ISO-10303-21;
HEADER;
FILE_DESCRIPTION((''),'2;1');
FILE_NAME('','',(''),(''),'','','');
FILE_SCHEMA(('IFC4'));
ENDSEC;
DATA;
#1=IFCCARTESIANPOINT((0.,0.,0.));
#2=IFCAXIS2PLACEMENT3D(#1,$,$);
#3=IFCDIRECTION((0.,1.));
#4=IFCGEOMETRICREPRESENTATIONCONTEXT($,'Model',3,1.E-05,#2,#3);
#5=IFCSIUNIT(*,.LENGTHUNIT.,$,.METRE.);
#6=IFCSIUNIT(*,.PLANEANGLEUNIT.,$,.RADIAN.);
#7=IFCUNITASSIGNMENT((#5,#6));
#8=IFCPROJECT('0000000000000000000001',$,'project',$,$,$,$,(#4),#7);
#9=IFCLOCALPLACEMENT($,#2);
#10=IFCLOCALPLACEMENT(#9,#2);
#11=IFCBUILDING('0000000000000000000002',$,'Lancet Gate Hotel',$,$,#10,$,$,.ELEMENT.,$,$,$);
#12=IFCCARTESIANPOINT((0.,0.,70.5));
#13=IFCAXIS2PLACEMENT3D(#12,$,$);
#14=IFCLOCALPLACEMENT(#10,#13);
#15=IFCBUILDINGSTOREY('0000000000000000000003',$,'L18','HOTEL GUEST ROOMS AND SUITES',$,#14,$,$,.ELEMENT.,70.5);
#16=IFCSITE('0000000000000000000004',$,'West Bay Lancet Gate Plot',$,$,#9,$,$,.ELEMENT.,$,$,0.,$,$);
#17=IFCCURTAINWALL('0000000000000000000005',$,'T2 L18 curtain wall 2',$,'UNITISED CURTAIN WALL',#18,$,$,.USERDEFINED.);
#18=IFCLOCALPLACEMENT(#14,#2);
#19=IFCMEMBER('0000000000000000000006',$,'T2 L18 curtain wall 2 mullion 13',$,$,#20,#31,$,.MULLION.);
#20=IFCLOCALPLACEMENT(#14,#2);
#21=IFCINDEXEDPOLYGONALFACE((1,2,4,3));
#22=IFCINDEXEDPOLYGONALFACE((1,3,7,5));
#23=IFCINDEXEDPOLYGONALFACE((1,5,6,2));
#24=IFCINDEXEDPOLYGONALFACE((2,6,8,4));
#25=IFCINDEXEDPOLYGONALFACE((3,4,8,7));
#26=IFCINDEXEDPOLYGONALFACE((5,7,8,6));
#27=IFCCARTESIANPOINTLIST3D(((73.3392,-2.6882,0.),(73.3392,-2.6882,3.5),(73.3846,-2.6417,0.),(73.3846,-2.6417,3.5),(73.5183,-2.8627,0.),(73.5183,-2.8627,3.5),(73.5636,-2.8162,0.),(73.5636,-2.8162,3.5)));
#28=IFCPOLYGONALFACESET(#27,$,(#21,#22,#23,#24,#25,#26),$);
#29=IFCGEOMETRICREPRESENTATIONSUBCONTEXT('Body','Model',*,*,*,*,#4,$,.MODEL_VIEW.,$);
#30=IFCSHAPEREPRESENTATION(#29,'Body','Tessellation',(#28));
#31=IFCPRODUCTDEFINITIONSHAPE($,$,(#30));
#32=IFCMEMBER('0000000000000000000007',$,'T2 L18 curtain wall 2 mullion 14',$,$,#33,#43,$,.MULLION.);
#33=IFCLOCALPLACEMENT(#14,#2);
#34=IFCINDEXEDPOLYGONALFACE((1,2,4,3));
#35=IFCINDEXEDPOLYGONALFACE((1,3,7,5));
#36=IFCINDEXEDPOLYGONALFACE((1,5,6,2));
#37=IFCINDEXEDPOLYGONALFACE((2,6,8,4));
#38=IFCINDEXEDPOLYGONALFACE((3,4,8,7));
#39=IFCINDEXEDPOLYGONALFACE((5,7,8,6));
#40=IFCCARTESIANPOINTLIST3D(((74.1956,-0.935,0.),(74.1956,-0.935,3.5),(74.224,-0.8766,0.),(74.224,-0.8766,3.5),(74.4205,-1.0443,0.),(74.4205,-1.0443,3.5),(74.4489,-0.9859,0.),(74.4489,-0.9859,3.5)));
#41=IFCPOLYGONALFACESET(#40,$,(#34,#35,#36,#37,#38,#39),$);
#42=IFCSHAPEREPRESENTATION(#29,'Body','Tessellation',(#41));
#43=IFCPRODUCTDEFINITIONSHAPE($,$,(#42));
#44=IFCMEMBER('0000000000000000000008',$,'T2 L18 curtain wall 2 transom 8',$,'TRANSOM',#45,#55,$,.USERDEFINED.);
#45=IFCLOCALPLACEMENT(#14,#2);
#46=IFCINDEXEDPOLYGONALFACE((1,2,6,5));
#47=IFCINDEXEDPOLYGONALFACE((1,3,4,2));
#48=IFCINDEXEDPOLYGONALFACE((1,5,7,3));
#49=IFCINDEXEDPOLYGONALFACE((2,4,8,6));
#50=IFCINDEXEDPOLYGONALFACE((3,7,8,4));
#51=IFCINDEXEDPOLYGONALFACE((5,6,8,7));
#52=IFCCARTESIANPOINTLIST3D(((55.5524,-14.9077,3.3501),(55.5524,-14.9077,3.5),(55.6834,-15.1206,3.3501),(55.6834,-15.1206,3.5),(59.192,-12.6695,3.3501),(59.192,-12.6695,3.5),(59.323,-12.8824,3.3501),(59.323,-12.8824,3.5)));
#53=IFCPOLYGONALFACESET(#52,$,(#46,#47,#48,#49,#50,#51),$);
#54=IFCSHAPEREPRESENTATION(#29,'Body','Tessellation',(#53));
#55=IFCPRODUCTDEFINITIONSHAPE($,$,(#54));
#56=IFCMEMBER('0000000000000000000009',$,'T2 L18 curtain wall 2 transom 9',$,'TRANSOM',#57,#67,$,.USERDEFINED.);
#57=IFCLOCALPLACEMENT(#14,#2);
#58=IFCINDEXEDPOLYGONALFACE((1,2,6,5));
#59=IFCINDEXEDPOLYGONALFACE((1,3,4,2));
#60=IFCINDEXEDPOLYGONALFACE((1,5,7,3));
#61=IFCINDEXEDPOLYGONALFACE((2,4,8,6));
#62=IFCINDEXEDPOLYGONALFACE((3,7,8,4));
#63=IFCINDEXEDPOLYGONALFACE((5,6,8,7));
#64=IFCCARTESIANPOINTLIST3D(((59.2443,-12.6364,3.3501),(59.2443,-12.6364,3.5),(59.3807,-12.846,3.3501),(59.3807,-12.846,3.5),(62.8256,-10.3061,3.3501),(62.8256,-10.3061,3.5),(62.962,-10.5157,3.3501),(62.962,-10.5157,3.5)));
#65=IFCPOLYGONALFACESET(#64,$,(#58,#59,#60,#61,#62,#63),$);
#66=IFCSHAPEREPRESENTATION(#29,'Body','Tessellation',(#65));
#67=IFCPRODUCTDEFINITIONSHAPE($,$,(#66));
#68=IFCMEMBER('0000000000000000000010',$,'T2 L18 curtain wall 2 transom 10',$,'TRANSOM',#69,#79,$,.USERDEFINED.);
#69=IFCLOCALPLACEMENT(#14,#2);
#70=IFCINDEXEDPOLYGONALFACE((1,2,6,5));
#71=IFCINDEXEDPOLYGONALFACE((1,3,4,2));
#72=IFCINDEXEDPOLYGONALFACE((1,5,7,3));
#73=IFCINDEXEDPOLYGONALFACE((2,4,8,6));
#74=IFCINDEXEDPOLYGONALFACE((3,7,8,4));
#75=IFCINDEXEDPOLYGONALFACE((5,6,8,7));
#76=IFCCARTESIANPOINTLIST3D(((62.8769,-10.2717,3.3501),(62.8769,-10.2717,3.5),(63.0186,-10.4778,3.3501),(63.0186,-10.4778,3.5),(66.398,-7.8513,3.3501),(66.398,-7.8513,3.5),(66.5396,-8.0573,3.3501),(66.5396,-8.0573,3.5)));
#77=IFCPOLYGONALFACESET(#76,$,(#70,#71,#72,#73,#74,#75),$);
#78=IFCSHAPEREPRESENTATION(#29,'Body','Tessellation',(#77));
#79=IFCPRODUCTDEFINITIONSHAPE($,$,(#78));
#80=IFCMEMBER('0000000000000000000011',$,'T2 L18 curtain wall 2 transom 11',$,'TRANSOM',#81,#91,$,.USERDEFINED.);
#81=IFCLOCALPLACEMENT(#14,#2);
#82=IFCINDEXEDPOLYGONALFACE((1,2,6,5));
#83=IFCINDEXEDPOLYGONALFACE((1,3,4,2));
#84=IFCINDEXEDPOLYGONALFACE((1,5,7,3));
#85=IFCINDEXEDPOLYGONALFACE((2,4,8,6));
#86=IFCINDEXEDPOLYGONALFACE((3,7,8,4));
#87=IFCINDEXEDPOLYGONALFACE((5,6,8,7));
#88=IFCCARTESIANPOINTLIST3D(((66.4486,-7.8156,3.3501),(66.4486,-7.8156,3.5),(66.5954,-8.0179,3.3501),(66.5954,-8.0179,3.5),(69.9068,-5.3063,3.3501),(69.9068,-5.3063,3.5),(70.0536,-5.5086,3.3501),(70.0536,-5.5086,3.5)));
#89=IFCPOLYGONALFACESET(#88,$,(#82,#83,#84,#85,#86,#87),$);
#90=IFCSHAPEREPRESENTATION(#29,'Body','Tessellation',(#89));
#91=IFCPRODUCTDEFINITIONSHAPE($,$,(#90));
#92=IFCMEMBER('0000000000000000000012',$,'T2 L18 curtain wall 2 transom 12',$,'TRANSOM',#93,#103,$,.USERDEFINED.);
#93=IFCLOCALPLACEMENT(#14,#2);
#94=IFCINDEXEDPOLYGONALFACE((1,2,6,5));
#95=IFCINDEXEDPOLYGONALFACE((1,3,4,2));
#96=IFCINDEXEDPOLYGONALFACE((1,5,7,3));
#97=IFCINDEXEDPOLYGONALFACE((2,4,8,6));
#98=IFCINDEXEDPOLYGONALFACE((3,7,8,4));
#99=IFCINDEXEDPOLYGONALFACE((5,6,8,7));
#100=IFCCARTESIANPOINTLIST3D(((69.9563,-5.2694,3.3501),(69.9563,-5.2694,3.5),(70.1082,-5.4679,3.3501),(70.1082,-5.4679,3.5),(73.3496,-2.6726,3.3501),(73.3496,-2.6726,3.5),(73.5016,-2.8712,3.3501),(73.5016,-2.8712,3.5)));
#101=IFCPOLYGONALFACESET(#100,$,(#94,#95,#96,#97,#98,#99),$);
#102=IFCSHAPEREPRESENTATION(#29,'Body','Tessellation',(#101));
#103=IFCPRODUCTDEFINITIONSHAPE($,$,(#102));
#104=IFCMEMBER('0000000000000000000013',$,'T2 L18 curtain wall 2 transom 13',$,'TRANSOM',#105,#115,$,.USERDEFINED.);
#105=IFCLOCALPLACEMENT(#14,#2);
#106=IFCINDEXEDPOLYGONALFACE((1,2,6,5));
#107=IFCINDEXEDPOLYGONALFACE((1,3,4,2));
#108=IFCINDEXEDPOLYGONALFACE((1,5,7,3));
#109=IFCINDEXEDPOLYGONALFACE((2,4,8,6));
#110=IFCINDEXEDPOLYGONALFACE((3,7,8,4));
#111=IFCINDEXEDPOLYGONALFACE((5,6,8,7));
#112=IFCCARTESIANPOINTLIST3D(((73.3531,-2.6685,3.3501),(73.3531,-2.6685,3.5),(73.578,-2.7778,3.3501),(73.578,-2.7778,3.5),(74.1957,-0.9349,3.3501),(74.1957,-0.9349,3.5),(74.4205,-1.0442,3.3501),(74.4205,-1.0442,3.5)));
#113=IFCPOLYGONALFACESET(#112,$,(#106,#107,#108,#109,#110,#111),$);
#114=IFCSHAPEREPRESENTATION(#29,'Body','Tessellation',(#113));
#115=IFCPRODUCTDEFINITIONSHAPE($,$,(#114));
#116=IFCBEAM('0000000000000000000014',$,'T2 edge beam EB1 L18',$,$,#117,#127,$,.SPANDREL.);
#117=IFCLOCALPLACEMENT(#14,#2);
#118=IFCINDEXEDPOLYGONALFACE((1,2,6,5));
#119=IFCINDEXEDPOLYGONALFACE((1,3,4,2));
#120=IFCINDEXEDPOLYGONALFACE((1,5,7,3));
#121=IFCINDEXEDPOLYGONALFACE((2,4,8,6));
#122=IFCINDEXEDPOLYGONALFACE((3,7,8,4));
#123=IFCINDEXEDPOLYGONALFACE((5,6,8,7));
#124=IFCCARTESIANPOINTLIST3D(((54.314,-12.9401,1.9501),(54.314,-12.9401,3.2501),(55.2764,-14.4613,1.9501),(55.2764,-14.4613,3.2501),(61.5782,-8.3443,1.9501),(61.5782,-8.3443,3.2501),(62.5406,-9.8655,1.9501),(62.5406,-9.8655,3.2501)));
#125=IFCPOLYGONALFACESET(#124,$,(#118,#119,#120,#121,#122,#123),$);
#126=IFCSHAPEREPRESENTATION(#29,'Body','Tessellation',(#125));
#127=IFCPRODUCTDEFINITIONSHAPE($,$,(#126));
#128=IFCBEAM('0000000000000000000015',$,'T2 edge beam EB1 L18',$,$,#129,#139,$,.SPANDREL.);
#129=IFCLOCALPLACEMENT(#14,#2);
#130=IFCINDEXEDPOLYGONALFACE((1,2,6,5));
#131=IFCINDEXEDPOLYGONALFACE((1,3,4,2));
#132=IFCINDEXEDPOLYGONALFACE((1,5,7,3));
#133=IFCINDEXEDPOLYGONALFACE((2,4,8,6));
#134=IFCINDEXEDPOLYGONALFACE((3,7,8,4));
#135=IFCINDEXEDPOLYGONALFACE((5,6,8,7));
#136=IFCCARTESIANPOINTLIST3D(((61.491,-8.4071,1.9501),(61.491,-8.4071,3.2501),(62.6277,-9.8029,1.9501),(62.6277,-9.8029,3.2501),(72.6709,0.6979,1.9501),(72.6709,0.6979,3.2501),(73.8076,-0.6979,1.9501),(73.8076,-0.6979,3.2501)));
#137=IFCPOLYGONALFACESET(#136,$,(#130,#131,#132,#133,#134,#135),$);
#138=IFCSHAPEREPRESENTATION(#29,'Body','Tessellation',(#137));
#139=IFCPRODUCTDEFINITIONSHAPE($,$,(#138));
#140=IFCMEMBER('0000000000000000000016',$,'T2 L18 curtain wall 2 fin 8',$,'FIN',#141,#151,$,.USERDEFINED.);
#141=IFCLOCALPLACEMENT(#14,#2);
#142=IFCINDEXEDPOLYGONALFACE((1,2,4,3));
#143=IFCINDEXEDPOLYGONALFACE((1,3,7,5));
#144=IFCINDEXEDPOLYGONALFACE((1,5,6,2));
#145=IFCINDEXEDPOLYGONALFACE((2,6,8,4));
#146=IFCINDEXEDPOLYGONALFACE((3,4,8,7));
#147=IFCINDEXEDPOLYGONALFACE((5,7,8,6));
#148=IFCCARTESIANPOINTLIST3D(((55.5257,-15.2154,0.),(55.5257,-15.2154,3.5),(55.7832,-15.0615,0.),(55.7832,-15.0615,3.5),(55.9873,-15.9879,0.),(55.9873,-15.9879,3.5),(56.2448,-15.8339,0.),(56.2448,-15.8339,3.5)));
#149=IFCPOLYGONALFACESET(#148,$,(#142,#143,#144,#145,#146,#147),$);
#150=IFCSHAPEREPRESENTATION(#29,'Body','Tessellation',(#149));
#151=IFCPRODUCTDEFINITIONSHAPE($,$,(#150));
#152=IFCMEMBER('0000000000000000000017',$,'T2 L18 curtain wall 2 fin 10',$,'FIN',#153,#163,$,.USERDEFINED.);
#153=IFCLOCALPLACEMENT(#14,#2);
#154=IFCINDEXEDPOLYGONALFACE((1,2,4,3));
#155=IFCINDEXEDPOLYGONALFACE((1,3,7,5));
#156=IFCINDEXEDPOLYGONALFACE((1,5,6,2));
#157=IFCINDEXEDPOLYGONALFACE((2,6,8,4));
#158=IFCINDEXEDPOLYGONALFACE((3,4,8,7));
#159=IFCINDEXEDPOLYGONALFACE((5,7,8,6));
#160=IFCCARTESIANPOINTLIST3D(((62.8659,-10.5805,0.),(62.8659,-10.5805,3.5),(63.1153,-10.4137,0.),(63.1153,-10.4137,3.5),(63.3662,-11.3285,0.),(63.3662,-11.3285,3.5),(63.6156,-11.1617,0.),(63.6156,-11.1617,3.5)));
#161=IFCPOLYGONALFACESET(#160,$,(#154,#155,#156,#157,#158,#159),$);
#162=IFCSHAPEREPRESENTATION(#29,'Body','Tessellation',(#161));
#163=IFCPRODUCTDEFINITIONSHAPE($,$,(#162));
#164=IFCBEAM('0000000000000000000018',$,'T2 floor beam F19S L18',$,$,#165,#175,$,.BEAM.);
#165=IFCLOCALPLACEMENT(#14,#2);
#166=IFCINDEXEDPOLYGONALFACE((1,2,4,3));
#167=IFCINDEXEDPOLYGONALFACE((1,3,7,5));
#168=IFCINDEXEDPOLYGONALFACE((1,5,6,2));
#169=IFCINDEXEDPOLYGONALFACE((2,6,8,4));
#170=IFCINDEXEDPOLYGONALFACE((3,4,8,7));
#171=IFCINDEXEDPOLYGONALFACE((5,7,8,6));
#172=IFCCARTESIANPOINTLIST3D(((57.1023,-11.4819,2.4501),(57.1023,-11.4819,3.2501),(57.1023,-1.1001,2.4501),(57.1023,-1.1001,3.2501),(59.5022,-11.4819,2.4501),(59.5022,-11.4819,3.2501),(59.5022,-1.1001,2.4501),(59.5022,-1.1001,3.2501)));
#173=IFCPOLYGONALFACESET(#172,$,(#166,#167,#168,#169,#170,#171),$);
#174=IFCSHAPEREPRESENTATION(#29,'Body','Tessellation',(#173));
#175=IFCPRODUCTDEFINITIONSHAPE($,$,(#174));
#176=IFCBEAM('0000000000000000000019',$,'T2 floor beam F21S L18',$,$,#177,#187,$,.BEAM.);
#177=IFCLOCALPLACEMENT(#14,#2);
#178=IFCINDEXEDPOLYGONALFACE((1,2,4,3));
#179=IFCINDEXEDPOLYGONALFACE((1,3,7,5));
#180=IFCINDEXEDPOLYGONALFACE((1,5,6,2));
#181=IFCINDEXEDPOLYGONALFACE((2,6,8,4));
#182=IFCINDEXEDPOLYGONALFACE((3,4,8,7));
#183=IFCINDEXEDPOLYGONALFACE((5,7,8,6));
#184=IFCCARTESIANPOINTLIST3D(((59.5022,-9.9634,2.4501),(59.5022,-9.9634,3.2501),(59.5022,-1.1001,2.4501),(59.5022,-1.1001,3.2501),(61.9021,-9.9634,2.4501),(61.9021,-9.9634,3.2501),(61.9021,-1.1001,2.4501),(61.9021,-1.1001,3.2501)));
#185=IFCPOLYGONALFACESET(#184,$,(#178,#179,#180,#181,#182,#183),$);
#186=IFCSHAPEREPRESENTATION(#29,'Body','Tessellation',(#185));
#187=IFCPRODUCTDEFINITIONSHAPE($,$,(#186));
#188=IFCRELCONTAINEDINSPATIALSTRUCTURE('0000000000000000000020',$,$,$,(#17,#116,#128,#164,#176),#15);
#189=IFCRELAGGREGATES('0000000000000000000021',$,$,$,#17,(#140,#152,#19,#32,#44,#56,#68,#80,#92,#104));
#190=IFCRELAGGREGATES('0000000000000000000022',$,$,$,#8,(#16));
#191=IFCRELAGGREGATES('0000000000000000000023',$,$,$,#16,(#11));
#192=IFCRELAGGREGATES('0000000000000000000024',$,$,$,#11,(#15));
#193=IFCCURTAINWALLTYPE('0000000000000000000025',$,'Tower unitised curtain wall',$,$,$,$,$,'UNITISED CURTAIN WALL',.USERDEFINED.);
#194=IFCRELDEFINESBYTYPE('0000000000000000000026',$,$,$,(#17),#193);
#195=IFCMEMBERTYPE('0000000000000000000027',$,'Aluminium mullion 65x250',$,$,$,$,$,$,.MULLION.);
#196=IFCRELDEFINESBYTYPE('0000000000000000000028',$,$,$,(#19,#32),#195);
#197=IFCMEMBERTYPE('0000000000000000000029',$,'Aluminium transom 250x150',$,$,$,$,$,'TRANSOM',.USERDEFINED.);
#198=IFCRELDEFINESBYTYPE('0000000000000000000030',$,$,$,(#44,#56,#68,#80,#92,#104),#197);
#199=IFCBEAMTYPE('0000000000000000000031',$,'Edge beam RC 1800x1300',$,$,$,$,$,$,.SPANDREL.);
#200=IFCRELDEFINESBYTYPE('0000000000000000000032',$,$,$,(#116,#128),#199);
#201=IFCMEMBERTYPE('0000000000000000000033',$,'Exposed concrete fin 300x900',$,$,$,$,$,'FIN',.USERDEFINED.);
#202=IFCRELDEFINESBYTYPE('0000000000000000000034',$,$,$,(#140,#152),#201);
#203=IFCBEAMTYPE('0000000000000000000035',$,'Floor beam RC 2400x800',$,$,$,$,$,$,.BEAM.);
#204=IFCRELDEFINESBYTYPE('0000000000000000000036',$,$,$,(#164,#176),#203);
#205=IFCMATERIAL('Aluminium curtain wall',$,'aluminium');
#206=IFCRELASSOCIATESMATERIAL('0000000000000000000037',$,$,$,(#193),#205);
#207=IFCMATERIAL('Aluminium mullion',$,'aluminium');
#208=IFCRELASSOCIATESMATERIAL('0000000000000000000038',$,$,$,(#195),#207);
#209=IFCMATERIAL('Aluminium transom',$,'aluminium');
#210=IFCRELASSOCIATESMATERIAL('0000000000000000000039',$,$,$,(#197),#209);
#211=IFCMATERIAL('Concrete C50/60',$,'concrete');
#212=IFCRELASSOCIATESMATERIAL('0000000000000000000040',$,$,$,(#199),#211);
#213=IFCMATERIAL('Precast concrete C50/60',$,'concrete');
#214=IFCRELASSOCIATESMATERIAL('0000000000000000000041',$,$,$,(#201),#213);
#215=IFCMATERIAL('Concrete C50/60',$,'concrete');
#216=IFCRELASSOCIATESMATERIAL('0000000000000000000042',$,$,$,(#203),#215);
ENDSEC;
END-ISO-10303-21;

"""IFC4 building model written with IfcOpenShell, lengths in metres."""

from ifc_helpers import new_model, si_unit, direction, frame, origin, origin_2d, place, context, subcontext, project, spatial, rectangle, extrude, material, material_profile, profile_set, type_object, element, aggregate, save


model = new_model("IFC4")

# Units and contexts
model_context = context("Model", 3, precision=1e-05, world=origin(), true_north=direction((0.0, 1.0)))
body_context = subcontext(model_context, "Body", "Model", "MODEL_VIEW")
ifc_project = project(units=[si_unit("LENGTHUNIT", "METRE"), si_unit("PLANEANGLEUNIT", "RADIAN")], contexts=[model_context])

# Site, building, storey
site_placement = place(None, origin())
site = spatial("IfcSite", under=ifc_project, at=site_placement, Name="West Bay Lancet Gate Plot", CompositionType="ELEMENT", RefElevation=0.0)
building_placement = place(site_placement, origin())
building = spatial("IfcBuilding", under=site, at=building_placement, Name="Lancet Gate Hotel", CompositionType="ELEMENT")
storey_placement = place(building_placement, frame((0.0, 0.0, 70.5)))
storey = spatial("IfcBuildingStorey", under=building, at=storey_placement, Name="L18", Description="HOTEL GUEST ROOMS AND SUITES", CompositionType="ELEMENT", Elevation=70.5)

# Curtain wall, members
ifc_material_1 = material(Name="Aluminium curtain wall", Category="aluminium")
curtain_wall_type = type_object("IfcCurtainWallType", Name="Tower unitised curtain wall", ElementType="UNITISED CURTAIN WALL", PredefinedType="USERDEFINED", material=ifc_material_1)
curtain_wall_placement = place(storey_placement, origin())
curtain_wall = element("IfcCurtainWall", 1, at=curtain_wall_placement, inside=storey, type_object=curtain_wall_type, Name="T2 L18 curtain wall 2", ObjectType="UNITISED CURTAIN WALL", PredefinedType="USERDEFINED")
ifc_material_2 = material(Name="Aluminium mullion", Category="aluminium")
ifc_material_profile_1 = material_profile(ifc_material_2, rectangle(XDim=0.0649, YDim=0.25, at=origin_2d()), Name="MULLION 65x250")
ifc_profile_set_1 = profile_set([ifc_material_profile_1], Name="Aluminium mullion")
member_type_1 = type_object("IfcMemberType", Name="Aluminium mullion 65x250", PredefinedType="MULLION", material=ifc_profile_set_1)
member_1_placement = place(storey_placement, frame((73.4514, -2.7522, 0.0), z_axis=(0.0, 0.0, 1.0), x_axis=(0.697983, 0.716114, 0.0)))
member_1 = element("IfcMember", 2, at=member_1_placement, type_object=member_type_1, Name="T2 L18 curtain wall 2 mullion 13", PredefinedType="MULLION", context=body_context, shape_type="SweptSolid", body=[
    extrude(rectangle(XDim=0.0649, YDim=0.25, at=origin_2d()), origin(), (0.0, 0.0, 1.0), 3.5),
])
member_2_placement = place(storey_placement, frame((74.3223, -0.9604, 0.0), z_axis=(0.0, 0.0, 1.0), x_axis=(0.437169, 0.899379, 0.0)))
member_2 = element("IfcMember", 3, at=member_2_placement, type_object=member_type_1, Name="T2 L18 curtain wall 2 mullion 14", PredefinedType="MULLION", context=body_context, shape_type="SweptSolid", body=[
    extrude(rectangle(XDim=0.0649, YDim=0.25, at=origin_2d()), origin(), (0.0, 0.0, 1.0), 3.5),
])
ifc_material_3 = material(Name="Aluminium transom", Category="aluminium")
ifc_material_profile_2 = material_profile(ifc_material_3, rectangle(XDim=0.25, YDim=0.1499, at=origin_2d()), Name="TRANSOM 250x150")
ifc_profile_set_2 = profile_set([ifc_material_profile_2], Name="Aluminium transom")
member_type_2 = type_object("IfcMemberType", Name="Aluminium transom 250x150", ElementType="TRANSOM", PredefinedType="USERDEFINED", material=ifc_profile_set_2)
member_3_placement = place(storey_placement, frame((55.6179, -15.0142, 3.425), z_axis=(0.851815, 0.523842, 0.0), x_axis=(-0.523842, 0.851815, 0.0)))
member_3 = element("IfcMember", 4, at=member_3_placement, type_object=member_type_2, Name="T2 L18 curtain wall 2 transom 8", ObjectType="TRANSOM", PredefinedType="USERDEFINED", context=body_context, shape_type="SweptSolid", body=[
    extrude(rectangle(XDim=0.25, YDim=0.1499, at=origin_2d()), origin(), (0.0, 0.0, 1.0), 4.2727),
])
member_4_placement = place(storey_placement, frame((59.3125, -12.7412, 3.425), z_axis=(0.838179, 0.545396, 0.0), x_axis=(-0.545396, 0.838179, 0.0)))
member_4 = element("IfcMember", 5, at=member_4_placement, type_object=member_type_2, Name="T2 L18 curtain wall 2 transom 9", ObjectType="TRANSOM", PredefinedType="USERDEFINED", context=body_context, shape_type="SweptSolid", body=[
    extrude(rectangle(XDim=0.25, YDim=0.1499, at=origin_2d()), origin(), (0.0, 0.0, 1.0), 4.2727),
])
member_5_placement = place(storey_placement, frame((62.9478, -10.3748, 3.425), z_axis=(0.824072, 0.566485, 0.0), x_axis=(-0.566485, 0.824072, 0.0)))
member_5 = element("IfcMember", 6, at=member_5_placement, type_object=member_type_2, Name="T2 L18 curtain wall 2 transom 10", ObjectType="TRANSOM", PredefinedType="USERDEFINED", context=body_context, shape_type="SweptSolid", body=[
    extrude(rectangle(XDim=0.25, YDim=0.1499, at=origin_2d()), origin(), (0.0, 0.0, 1.0), 4.2727),
])
member_6_placement = place(storey_placement, frame((66.522, -7.9167, 3.425), z_axis=(0.809383, 0.587281, 0.0), x_axis=(-0.587281, 0.809383, 0.0)))
member_6 = element("IfcMember", 7, at=member_6_placement, type_object=member_type_2, Name="T2 L18 curtain wall 2 transom 11", ObjectType="TRANSOM", PredefinedType="USERDEFINED", context=body_context, shape_type="SweptSolid", body=[
    extrude(rectangle(XDim=0.25, YDim=0.1499, at=origin_2d()), origin(), (0.0, 0.0, 1.0), 4.2727),
])
member_7_placement = place(storey_placement, frame((70.0322, -5.3687, 3.425), z_axis=(0.794155, 0.607715, 0.0), x_axis=(-0.607715, 0.794155, 0.0)))
member_7 = element("IfcMember", 8, at=member_7_placement, type_object=member_type_2, Name="T2 L18 curtain wall 2 transom 12", ObjectType="TRANSOM", PredefinedType="USERDEFINED", context=body_context, shape_type="SweptSolid", body=[
    extrude(rectangle(XDim=0.25, YDim=0.1499, at=origin_2d()), origin(), (0.0, 0.0, 1.0), 4.2729),
])
member_8_placement = place(storey_placement, frame((73.4656, -2.7231, 3.425), z_axis=(0.437103, 0.899411, 0.0), x_axis=(-0.899411, 0.437103, 0.0)))
member_8 = element("IfcMember", 9, at=member_8_placement, type_object=member_type_2, Name="T2 L18 curtain wall 2 transom 13", ObjectType="TRANSOM", PredefinedType="USERDEFINED", context=body_context, shape_type="SweptSolid", body=[
    extrude(rectangle(XDim=0.25, YDim=0.1499, at=origin_2d()), origin(), (0.0, 0.0, 1.0), 1.9275),
])

# Beams
ifc_material_4 = material(Name="Concrete C50/60", Category="concrete")
ifc_material_profile_3 = material_profile(ifc_material_4, rectangle(XDim=1.8, YDim=1.3, at=origin_2d()), Name="RC 1800x1300")
ifc_profile_set_3 = profile_set([ifc_material_profile_3], Name="Concrete C50/60")
beam_type_1 = type_object("IfcBeamType", Name="Edge beam RC 1800x1300", PredefinedType="SPANDREL", material=ifc_profile_set_3)
beam_1_placement = place(storey_placement, frame((54.7952, -13.7007, 2.6001), z_axis=(0.845078, 0.534643, 0.0), x_axis=(-0.534643, 0.845078, 0.0)))
element("IfcBeam", 10, at=beam_1_placement, inside=storey, type_object=beam_type_1, Name="T2 edge beam EB1 L18", PredefinedType="SPANDREL", context=body_context, shape_type="SweptSolid", body=[
    extrude(rectangle(XDim=1.8, YDim=1.3, at=origin_2d()), origin(), (0.0, 0.0, 1.0), 8.5959),
])
beam_2_placement = place(storey_placement, frame((62.0593, -9.105, 2.6001), z_axis=(0.775391, 0.631481, 0.0), x_axis=(-0.631481, 0.775391, 0.0)))
element("IfcBeam", 11, at=beam_2_placement, inside=storey, type_object=beam_type_1, Name="T2 edge beam EB1 L18", PredefinedType="SPANDREL", context=body_context, shape_type="SweptSolid", body=[
    extrude(rectangle(XDim=1.8, YDim=1.3, at=origin_2d()), origin(), (0.0, 0.0, 1.0), 14.4185),
])

# Members
ifc_material_5 = material(Name="Precast concrete C50/60", Category="concrete")
ifc_material_profile_4 = material_profile(ifc_material_5, rectangle(XDim=0.3, YDim=0.8999, at=origin_2d()), Name="FIN 300x900")
ifc_profile_set_4 = profile_set([ifc_material_profile_4], Name="Precast concrete C50/60")
member_type_3 = type_object("IfcMemberType", Name="Exposed concrete fin 300x900", ElementType="FIN", PredefinedType="USERDEFINED", material=ifc_profile_set_4)
member_9_placement = place(storey_placement, frame((55.8853, -15.5247, 0.0), z_axis=(0.0, 0.0, 1.0), x_axis=(0.858413, 0.512959, 0.0)))
member_9 = element("IfcMember", 12, at=member_9_placement, type_object=member_type_3, Name="T2 L18 curtain wall 2 fin 8", ObjectType="FIN", PredefinedType="USERDEFINED", context=body_context, shape_type="SweptSolid", body=[
    extrude(rectangle(XDim=0.3, YDim=0.8999, at=origin_2d()), origin(), (0.0, 0.0, 1.0), 3.5),
])
member_10_placement = place(storey_placement, frame((63.2407, -10.8711, 0.0), z_axis=(0.0, 0.0, 1.0), x_axis=(0.831198, 0.555976, 0.0)))
member_10 = element("IfcMember", 13, at=member_10_placement, type_object=member_type_3, Name="T2 L18 curtain wall 2 fin 10", ObjectType="FIN", PredefinedType="USERDEFINED", context=body_context, shape_type="SweptSolid", body=[
    extrude(rectangle(XDim=0.3, YDim=0.8999, at=origin_2d()), origin(), (0.0, 0.0, 1.0), 3.5),
])

# Beams
ifc_material_6 = material(Name="Concrete C50/60", Category="concrete")
ifc_material_profile_5 = material_profile(ifc_material_6, rectangle(XDim=2.3999, YDim=0.8, at=origin_2d()), Name="RC 2400x800")
ifc_profile_set_5 = profile_set([ifc_material_profile_5], Name="Concrete C50/60")
beam_type_2 = type_object("IfcBeamType", Name="Floor beam RC 2400x800", PredefinedType="BEAM", material=ifc_profile_set_5)
beam_3_placement = place(storey_placement, frame((58.3022, -11.4819, 2.8501), z_axis=(0.0, 1.0, 0.0), x_axis=(-1.0, 0.0, 0.0)))
element("IfcBeam", 14, at=beam_3_placement, inside=storey, type_object=beam_type_2, Name="T2 floor beam F19S L18", PredefinedType="BEAM", context=body_context, shape_type="SweptSolid", body=[
    extrude(rectangle(XDim=2.3999, YDim=0.8, at=origin_2d()), origin(), (0.0, 0.0, 1.0), 10.3818),
])
beam_4_placement = place(storey_placement, frame((60.7021, -9.9634, 2.8501), z_axis=(0.0, 1.0, 0.0), x_axis=(-1.0, 0.0, 0.0)))
element("IfcBeam", 15, at=beam_4_placement, inside=storey, type_object=beam_type_2, Name="T2 floor beam F21S L18", PredefinedType="BEAM", context=body_context, shape_type="SweptSolid", body=[
    extrude(rectangle(XDim=2.3999, YDim=0.8, at=origin_2d()), origin(), (0.0, 0.0, 1.0), 8.8633),
])

aggregate(curtain_wall, [member_9, member_10, member_1, member_2, member_3, member_4, member_5, member_6, member_7, member_8])

save(model, "model.ifc")
